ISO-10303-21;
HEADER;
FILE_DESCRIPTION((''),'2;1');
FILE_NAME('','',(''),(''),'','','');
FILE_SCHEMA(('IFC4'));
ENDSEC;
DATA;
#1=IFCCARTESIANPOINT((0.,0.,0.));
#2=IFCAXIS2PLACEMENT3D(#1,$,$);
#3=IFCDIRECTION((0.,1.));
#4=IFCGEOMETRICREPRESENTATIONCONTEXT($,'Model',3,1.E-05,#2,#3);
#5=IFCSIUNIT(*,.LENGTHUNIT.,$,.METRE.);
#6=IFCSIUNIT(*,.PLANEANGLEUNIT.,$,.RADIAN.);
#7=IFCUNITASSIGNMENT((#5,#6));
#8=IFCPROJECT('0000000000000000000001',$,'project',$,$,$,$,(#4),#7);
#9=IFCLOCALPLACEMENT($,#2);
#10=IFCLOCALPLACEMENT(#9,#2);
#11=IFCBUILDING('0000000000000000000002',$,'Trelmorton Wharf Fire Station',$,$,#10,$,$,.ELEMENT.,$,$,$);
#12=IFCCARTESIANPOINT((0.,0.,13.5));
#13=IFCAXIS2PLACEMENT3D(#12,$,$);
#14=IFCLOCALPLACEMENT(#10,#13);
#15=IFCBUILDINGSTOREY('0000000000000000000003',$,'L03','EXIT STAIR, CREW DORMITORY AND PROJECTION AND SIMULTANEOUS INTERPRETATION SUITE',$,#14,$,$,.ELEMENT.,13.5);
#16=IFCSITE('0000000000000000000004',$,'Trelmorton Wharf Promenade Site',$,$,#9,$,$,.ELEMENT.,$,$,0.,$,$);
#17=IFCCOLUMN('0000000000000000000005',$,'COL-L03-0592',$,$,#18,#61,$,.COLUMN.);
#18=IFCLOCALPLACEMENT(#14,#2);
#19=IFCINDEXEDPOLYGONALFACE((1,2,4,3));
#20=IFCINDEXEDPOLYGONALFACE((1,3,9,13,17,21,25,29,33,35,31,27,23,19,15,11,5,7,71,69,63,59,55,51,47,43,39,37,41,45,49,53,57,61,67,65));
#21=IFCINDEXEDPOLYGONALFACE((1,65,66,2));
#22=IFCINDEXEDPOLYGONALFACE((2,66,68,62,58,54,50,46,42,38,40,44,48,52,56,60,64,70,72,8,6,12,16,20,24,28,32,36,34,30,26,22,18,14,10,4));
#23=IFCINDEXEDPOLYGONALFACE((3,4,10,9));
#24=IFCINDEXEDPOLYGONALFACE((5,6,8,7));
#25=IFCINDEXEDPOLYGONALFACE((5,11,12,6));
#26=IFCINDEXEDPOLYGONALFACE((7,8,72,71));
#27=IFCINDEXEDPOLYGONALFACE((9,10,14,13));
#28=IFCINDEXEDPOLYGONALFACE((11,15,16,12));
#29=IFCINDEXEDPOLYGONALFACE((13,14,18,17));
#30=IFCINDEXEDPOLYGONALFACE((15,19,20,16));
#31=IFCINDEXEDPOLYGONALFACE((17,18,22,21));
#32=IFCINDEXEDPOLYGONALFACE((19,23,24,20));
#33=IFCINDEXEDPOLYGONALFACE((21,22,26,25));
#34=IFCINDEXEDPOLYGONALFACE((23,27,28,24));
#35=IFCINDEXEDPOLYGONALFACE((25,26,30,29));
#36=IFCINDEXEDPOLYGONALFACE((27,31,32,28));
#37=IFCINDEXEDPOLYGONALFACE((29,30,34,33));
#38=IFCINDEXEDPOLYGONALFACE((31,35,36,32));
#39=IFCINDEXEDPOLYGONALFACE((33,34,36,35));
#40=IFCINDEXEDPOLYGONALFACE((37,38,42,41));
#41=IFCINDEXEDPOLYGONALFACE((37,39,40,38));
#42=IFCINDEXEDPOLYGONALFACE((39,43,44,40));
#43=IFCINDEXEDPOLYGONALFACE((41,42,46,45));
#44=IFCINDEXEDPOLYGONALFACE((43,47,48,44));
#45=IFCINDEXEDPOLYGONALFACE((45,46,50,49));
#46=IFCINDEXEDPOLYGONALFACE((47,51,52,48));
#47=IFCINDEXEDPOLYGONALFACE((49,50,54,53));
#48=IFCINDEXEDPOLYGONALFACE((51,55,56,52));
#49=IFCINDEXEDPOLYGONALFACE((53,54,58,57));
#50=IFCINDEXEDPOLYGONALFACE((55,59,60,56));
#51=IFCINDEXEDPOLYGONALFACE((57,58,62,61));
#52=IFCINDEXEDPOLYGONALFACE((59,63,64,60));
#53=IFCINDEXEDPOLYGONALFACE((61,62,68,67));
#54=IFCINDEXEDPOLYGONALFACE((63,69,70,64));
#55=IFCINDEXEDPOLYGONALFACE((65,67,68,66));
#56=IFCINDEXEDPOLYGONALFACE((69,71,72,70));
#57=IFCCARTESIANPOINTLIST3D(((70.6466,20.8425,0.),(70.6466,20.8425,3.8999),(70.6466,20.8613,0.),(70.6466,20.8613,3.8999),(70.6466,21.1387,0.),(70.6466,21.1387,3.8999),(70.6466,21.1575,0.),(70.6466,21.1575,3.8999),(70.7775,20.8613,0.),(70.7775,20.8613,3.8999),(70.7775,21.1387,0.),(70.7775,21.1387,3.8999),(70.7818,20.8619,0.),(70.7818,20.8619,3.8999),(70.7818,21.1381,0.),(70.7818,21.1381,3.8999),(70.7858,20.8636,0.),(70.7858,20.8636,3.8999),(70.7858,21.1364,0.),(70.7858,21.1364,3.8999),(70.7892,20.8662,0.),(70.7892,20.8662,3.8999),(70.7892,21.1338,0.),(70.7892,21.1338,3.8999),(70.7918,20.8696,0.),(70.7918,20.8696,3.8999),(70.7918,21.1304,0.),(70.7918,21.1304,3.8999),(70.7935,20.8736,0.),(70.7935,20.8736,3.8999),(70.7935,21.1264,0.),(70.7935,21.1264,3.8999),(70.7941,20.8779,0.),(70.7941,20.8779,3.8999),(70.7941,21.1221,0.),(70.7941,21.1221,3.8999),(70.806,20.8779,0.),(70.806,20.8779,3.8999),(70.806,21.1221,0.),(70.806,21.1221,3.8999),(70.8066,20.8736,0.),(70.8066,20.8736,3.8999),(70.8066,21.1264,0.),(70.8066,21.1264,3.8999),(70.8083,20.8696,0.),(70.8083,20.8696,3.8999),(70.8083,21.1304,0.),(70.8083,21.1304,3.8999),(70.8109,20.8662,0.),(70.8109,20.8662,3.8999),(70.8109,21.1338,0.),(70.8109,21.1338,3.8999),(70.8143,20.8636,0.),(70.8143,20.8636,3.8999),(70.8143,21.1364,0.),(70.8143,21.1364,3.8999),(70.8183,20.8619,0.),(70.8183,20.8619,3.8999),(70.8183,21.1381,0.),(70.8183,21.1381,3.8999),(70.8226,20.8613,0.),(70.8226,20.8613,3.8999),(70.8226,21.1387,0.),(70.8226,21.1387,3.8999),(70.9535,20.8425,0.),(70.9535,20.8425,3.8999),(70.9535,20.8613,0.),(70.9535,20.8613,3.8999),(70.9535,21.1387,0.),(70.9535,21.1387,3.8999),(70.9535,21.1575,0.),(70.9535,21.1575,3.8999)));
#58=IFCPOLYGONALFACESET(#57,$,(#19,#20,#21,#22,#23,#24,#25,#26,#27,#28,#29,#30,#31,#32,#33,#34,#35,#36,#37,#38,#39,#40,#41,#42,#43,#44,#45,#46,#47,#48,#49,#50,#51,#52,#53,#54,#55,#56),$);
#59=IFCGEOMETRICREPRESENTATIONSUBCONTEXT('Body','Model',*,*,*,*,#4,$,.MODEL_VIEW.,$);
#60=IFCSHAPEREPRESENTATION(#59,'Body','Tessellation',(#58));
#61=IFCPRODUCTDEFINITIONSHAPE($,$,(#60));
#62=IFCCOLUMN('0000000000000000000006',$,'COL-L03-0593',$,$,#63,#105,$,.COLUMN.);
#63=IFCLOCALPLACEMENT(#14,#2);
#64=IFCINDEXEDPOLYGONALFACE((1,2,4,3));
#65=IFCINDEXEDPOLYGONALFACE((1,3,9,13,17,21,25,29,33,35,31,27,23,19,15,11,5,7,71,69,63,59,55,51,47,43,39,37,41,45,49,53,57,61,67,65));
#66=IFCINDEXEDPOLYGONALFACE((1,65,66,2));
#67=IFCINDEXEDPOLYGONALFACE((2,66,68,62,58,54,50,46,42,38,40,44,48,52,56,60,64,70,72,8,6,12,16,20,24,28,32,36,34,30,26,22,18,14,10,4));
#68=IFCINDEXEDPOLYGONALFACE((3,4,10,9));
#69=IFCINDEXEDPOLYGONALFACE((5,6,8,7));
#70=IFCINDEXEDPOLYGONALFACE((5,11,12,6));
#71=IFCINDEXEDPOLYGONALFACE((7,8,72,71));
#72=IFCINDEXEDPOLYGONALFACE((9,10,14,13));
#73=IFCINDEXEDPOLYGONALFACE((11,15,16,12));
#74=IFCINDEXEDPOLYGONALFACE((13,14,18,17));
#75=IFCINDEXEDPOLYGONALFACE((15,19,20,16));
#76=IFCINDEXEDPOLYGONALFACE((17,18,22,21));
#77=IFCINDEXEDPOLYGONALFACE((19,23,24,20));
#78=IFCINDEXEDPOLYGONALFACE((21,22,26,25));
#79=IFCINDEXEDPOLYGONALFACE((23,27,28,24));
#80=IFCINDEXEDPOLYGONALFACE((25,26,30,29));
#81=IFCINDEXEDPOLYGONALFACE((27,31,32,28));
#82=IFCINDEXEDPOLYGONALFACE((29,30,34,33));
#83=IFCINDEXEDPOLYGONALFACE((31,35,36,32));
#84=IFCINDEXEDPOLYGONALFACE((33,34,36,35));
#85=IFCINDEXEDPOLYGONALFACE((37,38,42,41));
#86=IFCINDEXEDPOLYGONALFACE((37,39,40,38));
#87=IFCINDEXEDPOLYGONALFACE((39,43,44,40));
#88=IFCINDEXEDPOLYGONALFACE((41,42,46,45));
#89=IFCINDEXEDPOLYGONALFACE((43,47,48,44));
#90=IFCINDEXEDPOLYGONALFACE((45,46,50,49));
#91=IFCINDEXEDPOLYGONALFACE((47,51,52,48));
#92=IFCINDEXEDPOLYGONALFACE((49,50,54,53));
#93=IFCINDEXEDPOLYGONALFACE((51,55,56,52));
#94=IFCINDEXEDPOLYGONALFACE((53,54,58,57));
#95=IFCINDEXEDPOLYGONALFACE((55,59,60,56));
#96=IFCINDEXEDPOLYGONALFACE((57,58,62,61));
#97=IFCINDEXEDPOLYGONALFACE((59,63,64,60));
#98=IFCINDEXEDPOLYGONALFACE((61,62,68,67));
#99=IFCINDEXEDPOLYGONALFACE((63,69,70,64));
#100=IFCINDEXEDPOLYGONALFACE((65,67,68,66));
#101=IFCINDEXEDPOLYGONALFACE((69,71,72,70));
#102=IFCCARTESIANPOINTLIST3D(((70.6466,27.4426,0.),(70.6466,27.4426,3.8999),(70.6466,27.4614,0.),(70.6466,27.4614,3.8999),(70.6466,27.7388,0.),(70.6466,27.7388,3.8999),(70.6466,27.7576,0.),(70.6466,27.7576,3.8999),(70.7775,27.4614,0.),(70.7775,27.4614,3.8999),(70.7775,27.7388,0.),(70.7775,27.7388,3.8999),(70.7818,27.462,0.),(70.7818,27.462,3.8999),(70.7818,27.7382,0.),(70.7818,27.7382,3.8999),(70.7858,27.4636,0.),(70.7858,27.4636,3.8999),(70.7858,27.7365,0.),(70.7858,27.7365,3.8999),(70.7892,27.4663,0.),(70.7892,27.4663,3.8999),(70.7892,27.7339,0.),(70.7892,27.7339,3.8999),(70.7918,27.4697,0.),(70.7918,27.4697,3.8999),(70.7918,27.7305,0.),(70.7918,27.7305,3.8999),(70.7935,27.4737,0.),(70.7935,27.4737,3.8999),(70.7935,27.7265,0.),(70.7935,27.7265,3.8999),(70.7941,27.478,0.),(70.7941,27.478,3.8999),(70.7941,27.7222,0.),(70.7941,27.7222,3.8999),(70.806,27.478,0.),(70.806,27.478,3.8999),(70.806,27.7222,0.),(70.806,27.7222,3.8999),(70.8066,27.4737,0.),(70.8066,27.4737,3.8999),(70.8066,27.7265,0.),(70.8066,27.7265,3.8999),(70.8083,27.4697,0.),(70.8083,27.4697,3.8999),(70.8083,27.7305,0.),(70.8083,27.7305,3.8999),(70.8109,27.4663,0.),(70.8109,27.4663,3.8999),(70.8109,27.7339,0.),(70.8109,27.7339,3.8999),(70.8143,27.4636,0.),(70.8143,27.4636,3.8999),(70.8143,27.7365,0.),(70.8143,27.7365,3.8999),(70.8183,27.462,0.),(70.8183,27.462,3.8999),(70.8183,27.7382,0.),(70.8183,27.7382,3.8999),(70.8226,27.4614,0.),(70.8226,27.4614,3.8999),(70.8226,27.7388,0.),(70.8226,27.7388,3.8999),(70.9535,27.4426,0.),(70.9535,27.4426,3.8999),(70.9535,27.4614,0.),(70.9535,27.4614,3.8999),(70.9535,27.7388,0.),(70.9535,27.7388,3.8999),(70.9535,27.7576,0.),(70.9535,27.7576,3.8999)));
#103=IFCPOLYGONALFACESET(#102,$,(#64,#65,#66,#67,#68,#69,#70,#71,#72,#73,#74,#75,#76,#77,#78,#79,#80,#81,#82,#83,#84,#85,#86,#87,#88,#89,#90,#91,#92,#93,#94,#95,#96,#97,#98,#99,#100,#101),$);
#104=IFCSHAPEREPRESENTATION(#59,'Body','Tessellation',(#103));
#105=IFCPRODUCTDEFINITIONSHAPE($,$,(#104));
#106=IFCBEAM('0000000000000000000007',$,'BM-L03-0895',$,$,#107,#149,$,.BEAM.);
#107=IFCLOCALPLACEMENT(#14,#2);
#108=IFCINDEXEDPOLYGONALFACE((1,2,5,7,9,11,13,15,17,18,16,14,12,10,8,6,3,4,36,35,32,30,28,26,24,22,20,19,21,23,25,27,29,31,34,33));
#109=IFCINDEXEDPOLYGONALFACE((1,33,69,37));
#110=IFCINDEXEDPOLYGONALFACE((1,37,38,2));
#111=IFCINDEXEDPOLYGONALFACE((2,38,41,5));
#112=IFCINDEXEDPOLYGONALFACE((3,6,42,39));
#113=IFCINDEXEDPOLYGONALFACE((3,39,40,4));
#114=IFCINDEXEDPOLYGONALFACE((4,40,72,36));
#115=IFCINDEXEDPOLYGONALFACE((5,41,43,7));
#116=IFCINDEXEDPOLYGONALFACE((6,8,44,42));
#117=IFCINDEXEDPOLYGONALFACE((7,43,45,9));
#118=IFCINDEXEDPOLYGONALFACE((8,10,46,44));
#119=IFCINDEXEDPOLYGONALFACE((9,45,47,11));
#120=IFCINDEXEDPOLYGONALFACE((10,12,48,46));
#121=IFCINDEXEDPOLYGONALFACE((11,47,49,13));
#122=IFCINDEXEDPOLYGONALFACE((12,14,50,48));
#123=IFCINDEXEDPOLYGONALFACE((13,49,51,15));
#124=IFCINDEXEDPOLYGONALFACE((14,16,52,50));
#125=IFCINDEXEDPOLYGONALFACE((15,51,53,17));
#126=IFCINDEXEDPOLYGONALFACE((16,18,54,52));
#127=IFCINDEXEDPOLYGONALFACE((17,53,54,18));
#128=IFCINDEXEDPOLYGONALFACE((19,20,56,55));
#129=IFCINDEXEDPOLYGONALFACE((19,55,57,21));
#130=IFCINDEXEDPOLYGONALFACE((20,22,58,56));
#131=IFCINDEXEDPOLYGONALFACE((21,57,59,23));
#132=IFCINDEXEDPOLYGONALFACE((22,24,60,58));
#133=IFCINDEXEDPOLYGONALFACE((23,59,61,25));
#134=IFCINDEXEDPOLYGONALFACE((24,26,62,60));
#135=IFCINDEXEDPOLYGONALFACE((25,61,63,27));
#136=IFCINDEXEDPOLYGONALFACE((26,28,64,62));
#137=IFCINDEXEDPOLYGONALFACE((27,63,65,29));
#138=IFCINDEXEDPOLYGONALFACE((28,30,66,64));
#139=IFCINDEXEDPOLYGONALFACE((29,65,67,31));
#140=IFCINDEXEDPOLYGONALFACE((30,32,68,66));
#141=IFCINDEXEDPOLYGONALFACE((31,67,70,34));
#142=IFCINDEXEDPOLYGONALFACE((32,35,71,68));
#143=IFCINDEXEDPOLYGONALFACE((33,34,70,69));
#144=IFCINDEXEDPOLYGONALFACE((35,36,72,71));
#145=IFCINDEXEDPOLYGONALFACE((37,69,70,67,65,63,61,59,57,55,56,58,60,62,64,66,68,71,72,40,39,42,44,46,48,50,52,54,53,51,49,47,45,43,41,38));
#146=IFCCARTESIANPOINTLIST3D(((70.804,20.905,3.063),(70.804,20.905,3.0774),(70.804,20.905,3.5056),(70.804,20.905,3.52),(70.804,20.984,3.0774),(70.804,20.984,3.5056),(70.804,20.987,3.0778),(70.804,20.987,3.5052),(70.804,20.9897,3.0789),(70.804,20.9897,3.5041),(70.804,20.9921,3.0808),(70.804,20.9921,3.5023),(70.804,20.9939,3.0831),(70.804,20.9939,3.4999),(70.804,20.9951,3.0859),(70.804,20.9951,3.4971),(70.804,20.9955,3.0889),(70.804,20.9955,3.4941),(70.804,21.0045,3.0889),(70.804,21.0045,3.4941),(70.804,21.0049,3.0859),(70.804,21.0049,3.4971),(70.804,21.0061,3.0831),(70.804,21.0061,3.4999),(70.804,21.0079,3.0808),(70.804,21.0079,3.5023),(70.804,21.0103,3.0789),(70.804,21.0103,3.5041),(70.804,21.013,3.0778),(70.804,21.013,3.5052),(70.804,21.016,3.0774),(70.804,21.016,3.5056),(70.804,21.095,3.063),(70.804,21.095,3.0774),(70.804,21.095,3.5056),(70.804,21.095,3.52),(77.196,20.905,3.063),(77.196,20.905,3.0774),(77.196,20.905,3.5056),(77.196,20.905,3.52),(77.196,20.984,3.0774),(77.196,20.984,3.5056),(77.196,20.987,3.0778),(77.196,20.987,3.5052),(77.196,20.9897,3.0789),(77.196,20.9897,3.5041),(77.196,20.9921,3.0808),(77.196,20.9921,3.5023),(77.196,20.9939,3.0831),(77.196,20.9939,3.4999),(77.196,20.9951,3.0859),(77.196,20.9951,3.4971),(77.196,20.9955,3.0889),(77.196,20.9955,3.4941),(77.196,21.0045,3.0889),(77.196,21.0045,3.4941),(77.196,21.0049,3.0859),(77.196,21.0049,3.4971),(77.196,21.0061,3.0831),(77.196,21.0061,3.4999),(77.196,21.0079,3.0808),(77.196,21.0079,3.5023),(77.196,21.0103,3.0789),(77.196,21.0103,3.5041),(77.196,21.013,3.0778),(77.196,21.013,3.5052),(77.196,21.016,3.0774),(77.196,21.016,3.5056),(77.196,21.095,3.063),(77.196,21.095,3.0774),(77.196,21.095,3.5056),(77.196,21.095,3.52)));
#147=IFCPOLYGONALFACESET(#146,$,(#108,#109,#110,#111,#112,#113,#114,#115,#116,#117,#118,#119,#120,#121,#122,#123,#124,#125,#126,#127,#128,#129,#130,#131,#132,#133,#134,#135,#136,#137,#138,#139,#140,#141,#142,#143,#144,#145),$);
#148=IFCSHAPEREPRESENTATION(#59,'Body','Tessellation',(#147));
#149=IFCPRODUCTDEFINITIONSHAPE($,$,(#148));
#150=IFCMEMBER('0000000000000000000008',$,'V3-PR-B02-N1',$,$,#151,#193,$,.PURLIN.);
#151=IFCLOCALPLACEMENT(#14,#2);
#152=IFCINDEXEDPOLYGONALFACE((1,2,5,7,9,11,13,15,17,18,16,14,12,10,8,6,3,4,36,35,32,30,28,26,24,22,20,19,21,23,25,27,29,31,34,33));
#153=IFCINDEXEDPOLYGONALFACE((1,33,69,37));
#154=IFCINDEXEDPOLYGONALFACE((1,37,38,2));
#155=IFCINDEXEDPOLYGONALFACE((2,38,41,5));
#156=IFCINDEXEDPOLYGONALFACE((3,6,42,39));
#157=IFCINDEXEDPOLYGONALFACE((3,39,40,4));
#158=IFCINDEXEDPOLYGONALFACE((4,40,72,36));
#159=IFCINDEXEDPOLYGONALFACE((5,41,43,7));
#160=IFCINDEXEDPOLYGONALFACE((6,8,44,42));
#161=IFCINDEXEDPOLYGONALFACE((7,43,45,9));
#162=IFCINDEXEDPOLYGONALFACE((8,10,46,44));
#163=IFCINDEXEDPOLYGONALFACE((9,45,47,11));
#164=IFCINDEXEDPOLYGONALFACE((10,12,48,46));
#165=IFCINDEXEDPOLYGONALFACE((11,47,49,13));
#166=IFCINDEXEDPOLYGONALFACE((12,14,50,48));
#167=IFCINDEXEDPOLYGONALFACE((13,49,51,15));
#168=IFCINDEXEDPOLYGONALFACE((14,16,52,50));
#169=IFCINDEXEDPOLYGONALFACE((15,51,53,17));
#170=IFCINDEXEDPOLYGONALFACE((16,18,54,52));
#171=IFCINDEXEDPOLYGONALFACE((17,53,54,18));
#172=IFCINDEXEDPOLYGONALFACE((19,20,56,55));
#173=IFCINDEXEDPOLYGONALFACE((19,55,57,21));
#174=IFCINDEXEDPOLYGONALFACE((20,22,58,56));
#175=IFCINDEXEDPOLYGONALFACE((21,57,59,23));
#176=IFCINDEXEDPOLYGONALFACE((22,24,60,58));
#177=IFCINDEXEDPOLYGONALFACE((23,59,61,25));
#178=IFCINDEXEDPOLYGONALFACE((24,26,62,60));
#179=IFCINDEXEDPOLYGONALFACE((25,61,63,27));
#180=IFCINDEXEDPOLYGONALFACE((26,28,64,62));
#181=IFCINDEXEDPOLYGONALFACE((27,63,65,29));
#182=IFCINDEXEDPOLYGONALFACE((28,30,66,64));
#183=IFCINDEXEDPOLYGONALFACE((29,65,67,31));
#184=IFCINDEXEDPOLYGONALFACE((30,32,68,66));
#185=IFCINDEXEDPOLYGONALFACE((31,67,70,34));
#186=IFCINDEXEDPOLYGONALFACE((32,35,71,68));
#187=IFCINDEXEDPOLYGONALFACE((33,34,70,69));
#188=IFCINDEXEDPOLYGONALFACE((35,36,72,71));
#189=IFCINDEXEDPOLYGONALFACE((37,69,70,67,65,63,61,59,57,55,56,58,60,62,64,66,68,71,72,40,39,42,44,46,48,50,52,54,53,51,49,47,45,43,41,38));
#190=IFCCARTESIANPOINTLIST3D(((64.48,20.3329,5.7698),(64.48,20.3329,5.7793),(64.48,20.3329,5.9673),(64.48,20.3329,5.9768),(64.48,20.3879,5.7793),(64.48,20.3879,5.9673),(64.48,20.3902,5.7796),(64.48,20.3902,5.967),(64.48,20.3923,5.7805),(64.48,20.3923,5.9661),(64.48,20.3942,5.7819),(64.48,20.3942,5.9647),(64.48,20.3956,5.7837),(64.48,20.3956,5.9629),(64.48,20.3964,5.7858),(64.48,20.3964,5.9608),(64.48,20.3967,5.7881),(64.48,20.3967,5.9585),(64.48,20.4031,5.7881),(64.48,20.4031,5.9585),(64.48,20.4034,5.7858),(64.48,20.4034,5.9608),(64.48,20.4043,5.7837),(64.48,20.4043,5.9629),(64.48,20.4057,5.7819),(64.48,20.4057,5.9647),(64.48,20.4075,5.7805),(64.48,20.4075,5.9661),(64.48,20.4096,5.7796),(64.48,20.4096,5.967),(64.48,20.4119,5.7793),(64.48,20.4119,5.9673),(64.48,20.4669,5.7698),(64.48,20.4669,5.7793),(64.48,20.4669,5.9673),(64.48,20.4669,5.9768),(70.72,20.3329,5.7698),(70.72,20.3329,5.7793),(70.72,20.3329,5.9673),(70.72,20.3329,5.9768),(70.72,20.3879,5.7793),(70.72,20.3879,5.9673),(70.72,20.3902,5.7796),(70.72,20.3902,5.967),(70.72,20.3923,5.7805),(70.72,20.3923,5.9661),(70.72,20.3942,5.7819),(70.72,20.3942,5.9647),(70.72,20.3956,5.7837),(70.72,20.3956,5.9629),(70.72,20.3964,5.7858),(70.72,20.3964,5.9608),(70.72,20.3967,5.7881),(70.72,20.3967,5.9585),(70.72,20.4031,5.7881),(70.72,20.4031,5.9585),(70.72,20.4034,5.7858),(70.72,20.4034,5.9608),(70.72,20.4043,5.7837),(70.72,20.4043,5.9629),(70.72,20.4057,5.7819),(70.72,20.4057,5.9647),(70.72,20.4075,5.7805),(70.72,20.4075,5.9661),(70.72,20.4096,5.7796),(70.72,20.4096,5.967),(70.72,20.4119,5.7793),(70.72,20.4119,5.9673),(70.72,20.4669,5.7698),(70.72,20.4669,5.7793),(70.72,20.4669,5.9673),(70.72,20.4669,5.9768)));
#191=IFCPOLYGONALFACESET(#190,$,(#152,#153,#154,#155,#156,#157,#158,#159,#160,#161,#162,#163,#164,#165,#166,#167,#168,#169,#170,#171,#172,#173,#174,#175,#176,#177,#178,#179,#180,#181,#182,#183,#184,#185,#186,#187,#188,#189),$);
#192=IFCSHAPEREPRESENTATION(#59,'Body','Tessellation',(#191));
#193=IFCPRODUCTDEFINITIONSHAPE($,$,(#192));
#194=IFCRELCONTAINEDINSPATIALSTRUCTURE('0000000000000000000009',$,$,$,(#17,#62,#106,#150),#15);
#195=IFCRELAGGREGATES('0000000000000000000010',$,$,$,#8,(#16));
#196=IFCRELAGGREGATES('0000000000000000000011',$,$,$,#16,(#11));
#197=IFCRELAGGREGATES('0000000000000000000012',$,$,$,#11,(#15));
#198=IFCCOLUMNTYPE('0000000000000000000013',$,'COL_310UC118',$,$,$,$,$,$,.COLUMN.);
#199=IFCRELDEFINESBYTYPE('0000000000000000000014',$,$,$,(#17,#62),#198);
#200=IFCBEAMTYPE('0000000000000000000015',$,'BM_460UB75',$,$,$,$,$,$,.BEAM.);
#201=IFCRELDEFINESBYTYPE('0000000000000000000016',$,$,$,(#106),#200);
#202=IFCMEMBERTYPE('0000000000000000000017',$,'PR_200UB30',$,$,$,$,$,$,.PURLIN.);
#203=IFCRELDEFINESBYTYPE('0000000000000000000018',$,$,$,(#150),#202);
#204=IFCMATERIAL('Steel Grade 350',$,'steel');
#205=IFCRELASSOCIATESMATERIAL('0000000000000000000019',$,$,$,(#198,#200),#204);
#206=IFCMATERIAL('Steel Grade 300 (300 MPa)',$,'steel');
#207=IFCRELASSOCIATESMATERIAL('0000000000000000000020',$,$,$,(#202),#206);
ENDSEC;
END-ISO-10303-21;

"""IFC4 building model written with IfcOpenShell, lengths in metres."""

from ifc_helpers import new_model, si_unit, direction, frame, origin, origin_2d, place, context, subcontext, project, spatial, i_section, extrude, material, material_profile, profile_set, type_object, element, save


model = new_model("IFC4")

# Units and contexts
model_context = context("Model", 3, precision=1e-05, world=origin(), true_north=direction((0.0, 1.0)))
body_context = subcontext(model_context, "Body", "Model", "MODEL_VIEW")
ifc_project = project(units=[si_unit("LENGTHUNIT", "METRE"), si_unit("PLANEANGLEUNIT", "RADIAN")], contexts=[model_context])

# Site, building, storey
site_placement = place(None, origin())
site = spatial("IfcSite", under=ifc_project, at=site_placement, Name="Trelmorton Wharf Promenade Site", CompositionType="ELEMENT", RefElevation=0.0)
building_placement = place(site_placement, origin())
building = spatial("IfcBuilding", under=site, at=building_placement, Name="Trelmorton Wharf Fire Station", CompositionType="ELEMENT")
storey_placement = place(building_placement, frame((0.0, 0.0, 13.5)))
storey = spatial("IfcBuildingStorey", under=building, at=storey_placement, Name="L03", Description="EXIT STAIR, CREW DORMITORY AND PROJECTION AND SIMULTANEOUS INTERPRETATION SUITE", CompositionType="ELEMENT", Elevation=13.5)

# Columns
ifc_material_1 = material(Name="Steel Grade 350", Category="steel")
ifc_material_profile_1 = material_profile(ifc_material_1, i_section(OverallWidth=0.3069, OverallDepth=0.3149, WebThickness=0.012, FlangeThickness=0.0188, FilletRadius=0.0166, at=origin_2d()), Name="310UC118")
ifc_profile_set_1 = profile_set([ifc_material_profile_1], Name="Steel Grade 350")
column_type = type_object("IfcColumnType", Name="COL_310UC118", PredefinedType="COLUMN", material=ifc_profile_set_1)
for number, where, z_axis, x_axis, name in (
    (1, (70.8, 21.0, 0.0), (0.0, 0.0, 1.0), (1.0, 0.0, 0.0), "COL-L03-0592"),
    (2, (70.8, 27.6001, 0.0), (0.0, 0.0, 1.0), (1.0, 0.0, 0.0), "COL-L03-0593"),
):
    element("IfcColumn", number, at=place(storey_placement, frame(where, z_axis=z_axis, x_axis=x_axis)), inside=storey, type_object=column_type, Name=name, PredefinedType="COLUMN", context=body_context, shape_type="SweptSolid", body=[
        extrude(i_section(OverallWidth=0.3069, OverallDepth=0.3149, WebThickness=0.012, FlangeThickness=0.0188, FilletRadius=0.0166, at=origin_2d()), origin(), (0.0, 0.0, 1.0), 3.8999),
    ])

# Beam
ifc_material_profile_2 = material_profile(ifc_material_1, i_section(OverallWidth=0.1899, OverallDepth=0.457, WebThickness=0.009, FlangeThickness=0.0144, FilletRadius=0.0115, at=origin_2d()), Name="460UB74.6")
ifc_profile_set_2 = profile_set([ifc_material_profile_2], Name="Steel Grade 350")
beam_type_1 = type_object("IfcBeamType", Name="BM_460UB75", PredefinedType="BEAM", material=ifc_profile_set_2)
beam_1_placement = place(storey_placement, frame((70.804, 21.0, 3.2915), z_axis=(1.0, 0.0, 0.0), x_axis=(0.0, 1.0, 0.0)))
element("IfcBeam", 3, at=beam_1_placement, inside=storey, type_object=beam_type_1, Name="BM-L03-0895", PredefinedType="BEAM", context=body_context, shape_type="SweptSolid", body=[
    extrude(i_section(OverallWidth=0.1899, OverallDepth=0.457, WebThickness=0.009, FlangeThickness=0.0144, FilletRadius=0.0115, at=origin_2d()), origin(), (0.0, 0.0, 1.0), 6.3921),
])

# Member
ifc_material_2 = material(Name="Steel Grade 300 (300 MPa)", Category="steel")
ifc_material_profile_3 = material_profile(ifc_material_2, i_section(OverallWidth=0.134, OverallDepth=0.207, WebThickness=0.0063, FlangeThickness=0.0095, FilletRadius=0.0088, at=origin_2d()), Name="200UB29.8")
ifc_profile_set_3 = profile_set([ifc_material_profile_3], Name="Steel Grade 300 (300 MPa)")
member_type_1 = type_object("IfcMemberType", Name="PR_200UB30", PredefinedType="PURLIN", material=ifc_profile_set_3)
for number, where, z_axis, x_axis, name in (
    (4, (64.48, 20.3999, 5.8733), (1.0, 0.0, 0.0), (0.0, 1.0, 0.0), "V3-PR-B02-N1"),
):
    element("IfcMember", number, at=place(storey_placement, frame(where, z_axis=z_axis, x_axis=x_axis)), inside=storey, type_object=member_type_1, Name=name, PredefinedType="PURLIN", context=body_context, shape_type="SweptSolid", body=[
        extrude(i_section(OverallWidth=0.134, OverallDepth=0.207, WebThickness=0.0063, FlangeThickness=0.0095, FilletRadius=0.0088, at=origin_2d()), origin(), (0.0, 0.0, 1.0), 6.24),
    ])

save(model, "model.ifc")
